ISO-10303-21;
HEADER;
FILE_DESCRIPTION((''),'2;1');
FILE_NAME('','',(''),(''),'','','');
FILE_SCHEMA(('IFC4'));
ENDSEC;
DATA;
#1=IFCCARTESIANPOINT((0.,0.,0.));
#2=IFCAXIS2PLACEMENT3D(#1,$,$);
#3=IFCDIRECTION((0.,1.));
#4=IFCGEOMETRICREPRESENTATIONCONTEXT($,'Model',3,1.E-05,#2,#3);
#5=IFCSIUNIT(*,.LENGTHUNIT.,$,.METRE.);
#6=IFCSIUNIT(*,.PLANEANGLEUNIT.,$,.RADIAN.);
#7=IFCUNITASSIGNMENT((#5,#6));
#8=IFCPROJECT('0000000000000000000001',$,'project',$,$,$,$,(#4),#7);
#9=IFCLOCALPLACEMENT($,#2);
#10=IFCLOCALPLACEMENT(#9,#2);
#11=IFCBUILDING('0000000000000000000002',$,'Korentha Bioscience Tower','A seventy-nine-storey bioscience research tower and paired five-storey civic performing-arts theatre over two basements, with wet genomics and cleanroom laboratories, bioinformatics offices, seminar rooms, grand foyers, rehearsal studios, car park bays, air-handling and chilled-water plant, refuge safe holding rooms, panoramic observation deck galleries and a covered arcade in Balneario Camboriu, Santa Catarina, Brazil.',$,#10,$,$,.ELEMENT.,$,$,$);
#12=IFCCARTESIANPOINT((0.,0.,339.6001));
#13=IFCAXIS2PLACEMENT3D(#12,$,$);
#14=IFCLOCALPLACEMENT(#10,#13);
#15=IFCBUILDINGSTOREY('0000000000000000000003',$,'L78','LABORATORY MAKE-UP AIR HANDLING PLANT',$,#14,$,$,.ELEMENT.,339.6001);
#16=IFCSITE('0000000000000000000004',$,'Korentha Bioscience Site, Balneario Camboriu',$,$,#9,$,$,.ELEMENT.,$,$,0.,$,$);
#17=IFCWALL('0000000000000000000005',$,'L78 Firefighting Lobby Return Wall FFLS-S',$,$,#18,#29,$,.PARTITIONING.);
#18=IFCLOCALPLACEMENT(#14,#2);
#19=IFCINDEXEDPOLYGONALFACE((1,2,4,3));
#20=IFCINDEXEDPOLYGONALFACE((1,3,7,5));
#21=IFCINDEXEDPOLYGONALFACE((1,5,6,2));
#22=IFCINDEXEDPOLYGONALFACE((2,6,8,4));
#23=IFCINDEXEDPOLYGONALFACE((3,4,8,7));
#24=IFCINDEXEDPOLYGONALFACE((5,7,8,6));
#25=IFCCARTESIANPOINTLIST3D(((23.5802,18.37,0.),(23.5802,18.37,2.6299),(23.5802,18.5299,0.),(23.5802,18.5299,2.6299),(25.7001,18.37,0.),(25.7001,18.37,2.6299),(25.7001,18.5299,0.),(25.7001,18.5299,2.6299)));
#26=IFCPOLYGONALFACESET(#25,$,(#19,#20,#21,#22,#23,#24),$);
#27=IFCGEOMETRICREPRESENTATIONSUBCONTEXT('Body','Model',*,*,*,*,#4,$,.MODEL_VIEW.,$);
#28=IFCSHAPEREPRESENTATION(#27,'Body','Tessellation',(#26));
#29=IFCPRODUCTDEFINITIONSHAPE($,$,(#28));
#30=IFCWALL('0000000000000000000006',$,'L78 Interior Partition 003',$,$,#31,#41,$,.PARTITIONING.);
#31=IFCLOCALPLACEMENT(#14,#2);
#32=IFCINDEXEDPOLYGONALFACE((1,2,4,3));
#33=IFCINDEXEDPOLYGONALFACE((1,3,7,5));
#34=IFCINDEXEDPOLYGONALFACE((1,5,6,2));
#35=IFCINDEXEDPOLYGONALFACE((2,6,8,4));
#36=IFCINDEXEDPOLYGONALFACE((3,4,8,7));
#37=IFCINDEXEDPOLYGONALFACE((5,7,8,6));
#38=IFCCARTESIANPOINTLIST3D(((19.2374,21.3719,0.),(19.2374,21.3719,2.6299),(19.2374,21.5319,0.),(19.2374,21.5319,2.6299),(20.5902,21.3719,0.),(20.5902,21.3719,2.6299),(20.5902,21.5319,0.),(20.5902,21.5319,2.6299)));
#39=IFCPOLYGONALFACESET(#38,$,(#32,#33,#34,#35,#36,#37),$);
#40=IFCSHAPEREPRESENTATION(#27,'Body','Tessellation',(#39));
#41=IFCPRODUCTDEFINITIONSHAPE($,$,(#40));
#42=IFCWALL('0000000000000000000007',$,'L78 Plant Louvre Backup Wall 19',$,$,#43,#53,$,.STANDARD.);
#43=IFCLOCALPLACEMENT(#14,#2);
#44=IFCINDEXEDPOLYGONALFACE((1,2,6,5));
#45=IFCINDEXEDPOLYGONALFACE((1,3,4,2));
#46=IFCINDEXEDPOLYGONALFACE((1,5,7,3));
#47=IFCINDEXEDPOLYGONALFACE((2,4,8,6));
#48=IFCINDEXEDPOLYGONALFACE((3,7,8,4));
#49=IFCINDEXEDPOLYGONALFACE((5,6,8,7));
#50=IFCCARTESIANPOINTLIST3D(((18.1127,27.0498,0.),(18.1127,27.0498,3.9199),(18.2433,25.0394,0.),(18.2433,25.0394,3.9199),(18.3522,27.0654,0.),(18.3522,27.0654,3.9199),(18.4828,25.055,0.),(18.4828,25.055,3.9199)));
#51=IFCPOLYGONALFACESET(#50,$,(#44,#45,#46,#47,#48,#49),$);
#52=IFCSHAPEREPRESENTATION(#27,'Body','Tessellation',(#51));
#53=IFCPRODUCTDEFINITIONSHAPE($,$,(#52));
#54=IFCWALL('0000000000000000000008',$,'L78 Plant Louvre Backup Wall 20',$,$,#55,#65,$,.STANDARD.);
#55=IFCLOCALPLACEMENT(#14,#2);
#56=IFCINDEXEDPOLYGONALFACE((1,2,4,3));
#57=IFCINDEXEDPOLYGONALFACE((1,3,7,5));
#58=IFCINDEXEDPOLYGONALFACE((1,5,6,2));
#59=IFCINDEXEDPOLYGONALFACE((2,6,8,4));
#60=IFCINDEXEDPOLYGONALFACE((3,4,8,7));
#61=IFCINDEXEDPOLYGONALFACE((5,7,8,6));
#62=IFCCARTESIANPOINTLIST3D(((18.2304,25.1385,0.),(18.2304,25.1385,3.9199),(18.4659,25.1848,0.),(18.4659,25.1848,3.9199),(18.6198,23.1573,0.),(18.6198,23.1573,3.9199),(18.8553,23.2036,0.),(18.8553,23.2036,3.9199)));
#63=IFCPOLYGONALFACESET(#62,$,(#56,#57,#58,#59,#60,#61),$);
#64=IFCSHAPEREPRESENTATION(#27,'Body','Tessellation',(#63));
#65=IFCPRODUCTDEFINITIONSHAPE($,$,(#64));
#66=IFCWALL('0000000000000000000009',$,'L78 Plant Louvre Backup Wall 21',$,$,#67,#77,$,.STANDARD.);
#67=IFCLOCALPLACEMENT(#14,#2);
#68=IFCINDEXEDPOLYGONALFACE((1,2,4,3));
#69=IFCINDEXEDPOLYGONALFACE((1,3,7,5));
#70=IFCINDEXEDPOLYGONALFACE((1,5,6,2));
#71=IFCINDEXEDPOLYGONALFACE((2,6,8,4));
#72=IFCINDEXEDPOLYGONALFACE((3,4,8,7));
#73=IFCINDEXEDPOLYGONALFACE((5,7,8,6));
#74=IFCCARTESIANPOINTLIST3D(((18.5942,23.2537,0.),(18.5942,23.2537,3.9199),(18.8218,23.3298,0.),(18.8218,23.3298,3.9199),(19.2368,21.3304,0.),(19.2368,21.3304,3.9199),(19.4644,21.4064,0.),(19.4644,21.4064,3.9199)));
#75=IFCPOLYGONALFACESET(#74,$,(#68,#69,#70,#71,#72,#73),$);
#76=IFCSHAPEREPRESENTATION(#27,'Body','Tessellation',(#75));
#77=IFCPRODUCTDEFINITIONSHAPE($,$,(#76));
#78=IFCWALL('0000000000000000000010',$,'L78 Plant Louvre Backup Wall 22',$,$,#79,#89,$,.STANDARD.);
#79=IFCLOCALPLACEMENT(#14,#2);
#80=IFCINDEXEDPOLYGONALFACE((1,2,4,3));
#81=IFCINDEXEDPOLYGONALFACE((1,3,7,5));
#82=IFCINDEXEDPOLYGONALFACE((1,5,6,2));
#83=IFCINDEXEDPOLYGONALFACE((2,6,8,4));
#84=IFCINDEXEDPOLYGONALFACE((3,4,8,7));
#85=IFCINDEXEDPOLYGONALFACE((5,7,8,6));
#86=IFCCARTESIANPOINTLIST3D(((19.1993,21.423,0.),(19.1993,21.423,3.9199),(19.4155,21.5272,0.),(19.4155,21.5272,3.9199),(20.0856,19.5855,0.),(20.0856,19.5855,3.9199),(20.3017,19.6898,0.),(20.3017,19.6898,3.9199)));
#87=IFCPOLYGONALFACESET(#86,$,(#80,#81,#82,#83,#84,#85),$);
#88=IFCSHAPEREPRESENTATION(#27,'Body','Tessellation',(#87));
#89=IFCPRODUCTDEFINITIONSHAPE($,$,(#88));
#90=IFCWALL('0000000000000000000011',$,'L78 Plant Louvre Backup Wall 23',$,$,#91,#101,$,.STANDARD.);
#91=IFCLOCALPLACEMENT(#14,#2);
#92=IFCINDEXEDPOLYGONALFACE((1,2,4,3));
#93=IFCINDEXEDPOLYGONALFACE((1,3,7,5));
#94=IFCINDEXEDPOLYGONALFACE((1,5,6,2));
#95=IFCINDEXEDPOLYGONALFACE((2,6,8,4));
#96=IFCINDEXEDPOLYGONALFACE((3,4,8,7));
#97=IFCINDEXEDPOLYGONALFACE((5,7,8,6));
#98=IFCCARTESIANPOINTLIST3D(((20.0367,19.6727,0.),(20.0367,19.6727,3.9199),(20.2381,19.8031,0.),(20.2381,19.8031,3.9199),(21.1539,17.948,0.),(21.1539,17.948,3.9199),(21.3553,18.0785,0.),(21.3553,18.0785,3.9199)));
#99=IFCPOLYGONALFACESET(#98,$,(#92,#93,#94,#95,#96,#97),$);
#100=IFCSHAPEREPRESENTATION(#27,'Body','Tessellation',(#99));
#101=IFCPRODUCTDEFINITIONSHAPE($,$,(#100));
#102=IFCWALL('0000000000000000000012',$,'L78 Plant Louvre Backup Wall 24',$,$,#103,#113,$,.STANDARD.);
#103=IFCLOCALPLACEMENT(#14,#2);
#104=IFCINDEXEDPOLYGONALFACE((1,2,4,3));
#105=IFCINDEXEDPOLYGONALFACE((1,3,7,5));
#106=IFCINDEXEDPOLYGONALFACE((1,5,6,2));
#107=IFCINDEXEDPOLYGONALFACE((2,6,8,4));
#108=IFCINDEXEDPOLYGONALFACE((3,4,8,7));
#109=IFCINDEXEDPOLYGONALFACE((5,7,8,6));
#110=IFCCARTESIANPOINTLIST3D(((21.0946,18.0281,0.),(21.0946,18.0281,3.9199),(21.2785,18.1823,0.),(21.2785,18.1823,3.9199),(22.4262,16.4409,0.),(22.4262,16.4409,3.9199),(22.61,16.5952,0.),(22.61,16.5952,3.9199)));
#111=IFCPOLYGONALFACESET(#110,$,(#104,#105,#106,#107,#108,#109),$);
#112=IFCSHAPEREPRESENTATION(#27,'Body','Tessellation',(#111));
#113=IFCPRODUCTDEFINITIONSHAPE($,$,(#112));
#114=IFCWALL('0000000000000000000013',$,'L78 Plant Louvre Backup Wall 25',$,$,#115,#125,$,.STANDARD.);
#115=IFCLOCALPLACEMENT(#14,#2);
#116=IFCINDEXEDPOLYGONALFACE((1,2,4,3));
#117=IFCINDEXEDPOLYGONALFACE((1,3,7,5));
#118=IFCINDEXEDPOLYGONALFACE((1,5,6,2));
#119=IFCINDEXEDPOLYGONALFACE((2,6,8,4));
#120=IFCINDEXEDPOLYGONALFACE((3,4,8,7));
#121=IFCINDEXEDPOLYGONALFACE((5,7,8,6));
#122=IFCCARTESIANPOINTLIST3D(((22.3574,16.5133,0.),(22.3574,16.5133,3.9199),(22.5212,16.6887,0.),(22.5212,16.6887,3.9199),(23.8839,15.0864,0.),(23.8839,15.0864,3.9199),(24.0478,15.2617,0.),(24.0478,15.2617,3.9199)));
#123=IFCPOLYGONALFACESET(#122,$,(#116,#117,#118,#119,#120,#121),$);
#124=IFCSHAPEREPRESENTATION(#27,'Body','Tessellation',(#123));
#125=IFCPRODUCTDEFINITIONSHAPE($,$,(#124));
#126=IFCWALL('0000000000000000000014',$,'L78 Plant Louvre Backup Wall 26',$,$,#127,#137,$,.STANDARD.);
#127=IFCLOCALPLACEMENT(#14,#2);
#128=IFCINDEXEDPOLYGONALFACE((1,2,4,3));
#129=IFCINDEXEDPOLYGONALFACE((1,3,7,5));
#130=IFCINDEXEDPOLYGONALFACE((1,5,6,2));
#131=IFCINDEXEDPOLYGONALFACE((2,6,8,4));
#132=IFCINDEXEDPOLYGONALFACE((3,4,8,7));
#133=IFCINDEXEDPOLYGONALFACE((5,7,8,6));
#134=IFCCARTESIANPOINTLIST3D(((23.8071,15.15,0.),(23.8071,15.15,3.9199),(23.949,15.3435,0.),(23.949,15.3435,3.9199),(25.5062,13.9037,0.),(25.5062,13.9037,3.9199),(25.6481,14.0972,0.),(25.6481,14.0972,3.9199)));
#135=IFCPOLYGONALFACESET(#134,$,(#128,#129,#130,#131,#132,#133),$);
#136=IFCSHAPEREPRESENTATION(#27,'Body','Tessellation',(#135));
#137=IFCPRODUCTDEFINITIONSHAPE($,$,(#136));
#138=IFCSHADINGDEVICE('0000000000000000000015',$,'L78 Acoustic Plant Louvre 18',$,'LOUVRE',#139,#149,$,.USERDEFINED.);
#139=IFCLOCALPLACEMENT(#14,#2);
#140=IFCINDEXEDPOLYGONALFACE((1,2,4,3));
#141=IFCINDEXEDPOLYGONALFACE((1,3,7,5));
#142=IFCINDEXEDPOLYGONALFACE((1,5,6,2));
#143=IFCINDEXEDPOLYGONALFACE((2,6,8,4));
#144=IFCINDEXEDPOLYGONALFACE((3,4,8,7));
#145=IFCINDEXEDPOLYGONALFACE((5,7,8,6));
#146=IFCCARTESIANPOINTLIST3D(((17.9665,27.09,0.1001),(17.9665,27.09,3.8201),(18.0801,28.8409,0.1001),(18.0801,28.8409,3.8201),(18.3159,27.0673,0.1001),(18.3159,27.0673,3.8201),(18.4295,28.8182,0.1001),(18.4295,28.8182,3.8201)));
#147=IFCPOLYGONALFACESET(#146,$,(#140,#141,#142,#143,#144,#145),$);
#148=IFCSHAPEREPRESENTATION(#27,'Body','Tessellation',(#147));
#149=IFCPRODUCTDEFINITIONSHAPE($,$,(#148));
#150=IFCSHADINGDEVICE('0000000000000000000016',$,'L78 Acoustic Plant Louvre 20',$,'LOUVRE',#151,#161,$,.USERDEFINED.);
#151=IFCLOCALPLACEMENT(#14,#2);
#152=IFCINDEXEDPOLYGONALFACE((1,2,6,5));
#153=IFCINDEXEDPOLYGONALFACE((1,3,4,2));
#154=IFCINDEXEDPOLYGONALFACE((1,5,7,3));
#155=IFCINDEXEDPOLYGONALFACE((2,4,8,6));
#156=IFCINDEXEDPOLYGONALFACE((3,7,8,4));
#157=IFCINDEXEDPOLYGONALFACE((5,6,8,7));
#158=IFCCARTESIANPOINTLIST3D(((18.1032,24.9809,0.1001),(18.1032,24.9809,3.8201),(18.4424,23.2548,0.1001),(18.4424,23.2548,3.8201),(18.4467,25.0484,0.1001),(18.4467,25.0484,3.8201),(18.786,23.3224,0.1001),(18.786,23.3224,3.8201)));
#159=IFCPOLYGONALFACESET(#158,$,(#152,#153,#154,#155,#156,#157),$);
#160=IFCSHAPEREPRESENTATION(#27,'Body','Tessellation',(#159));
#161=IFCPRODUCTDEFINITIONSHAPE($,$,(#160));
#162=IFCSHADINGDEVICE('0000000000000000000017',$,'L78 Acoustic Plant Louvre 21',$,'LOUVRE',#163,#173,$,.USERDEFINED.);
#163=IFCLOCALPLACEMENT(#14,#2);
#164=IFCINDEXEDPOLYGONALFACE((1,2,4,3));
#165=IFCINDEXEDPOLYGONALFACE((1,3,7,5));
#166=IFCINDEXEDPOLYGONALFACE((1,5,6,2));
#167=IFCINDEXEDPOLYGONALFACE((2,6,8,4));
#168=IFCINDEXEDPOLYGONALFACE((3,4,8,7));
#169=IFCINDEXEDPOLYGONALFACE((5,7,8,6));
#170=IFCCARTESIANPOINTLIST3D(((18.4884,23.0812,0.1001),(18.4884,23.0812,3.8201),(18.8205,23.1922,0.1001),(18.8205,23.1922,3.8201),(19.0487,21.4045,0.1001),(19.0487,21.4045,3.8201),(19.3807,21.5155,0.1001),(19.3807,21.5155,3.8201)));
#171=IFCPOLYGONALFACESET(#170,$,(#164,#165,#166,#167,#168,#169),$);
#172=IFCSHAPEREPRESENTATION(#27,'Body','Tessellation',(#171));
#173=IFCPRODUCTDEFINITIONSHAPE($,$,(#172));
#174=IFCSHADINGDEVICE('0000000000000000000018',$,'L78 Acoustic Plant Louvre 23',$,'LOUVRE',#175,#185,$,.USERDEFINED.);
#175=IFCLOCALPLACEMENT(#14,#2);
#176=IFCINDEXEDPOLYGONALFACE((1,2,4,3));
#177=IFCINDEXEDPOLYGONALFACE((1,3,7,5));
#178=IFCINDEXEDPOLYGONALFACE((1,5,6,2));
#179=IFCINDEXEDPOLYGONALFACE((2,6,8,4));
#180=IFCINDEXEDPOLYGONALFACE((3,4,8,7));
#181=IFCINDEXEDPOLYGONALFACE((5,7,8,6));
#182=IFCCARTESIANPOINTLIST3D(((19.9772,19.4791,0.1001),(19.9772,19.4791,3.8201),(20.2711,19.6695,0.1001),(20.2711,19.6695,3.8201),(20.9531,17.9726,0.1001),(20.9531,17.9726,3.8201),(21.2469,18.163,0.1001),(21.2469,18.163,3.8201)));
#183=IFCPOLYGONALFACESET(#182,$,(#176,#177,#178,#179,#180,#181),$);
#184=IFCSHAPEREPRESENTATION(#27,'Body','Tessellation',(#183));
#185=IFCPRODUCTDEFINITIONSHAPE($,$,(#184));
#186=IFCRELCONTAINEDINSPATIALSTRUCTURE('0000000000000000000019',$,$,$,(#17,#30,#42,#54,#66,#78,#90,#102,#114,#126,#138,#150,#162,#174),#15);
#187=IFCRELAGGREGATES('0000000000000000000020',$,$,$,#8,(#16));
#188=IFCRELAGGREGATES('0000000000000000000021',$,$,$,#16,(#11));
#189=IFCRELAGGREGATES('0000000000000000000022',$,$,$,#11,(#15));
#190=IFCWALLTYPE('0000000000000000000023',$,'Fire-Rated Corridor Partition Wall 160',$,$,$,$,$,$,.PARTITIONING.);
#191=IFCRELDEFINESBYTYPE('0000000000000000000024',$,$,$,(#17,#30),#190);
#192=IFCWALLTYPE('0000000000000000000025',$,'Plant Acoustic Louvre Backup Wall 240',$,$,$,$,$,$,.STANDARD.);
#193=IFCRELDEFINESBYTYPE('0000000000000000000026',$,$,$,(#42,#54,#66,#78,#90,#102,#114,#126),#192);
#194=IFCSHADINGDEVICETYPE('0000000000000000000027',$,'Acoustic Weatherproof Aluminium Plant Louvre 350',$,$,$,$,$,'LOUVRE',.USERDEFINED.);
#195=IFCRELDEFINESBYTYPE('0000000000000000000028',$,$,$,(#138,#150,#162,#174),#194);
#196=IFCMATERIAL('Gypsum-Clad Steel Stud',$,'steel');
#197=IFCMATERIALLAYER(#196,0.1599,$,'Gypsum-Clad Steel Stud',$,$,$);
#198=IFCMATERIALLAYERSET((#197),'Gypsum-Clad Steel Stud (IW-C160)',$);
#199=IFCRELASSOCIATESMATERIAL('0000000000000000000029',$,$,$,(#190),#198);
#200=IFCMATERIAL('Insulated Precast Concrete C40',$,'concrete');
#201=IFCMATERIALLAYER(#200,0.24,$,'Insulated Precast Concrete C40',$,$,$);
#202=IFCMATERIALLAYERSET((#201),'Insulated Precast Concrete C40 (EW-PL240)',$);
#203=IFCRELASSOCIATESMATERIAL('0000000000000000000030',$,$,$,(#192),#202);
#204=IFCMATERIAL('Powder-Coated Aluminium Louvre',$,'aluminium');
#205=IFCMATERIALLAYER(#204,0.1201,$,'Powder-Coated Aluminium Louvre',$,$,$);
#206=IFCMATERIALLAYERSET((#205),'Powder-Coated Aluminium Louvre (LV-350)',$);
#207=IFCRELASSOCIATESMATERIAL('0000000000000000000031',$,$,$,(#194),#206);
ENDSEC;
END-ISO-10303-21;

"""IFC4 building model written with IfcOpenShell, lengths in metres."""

from ifc_helpers import new_model, si_unit, direction, frame, frame_2d, origin, origin_2d, place, context, subcontext, project, spatial, rectangle, extrude, material, layer, layer_set, type_object, element, save


model = new_model("IFC4")

# Units and contexts
model_context = context("Model", 3, precision=1e-05, world=origin(), true_north=direction((0.0, 1.0)))
body_context = subcontext(model_context, "Body", "Model", "MODEL_VIEW")
ifc_project = project(units=[si_unit("LENGTHUNIT", "METRE"), si_unit("PLANEANGLEUNIT", "RADIAN")], contexts=[model_context])

# Site, building, storey
site_placement = place(None, origin())
site = spatial("IfcSite", under=ifc_project, at=site_placement, Name="Korentha Bioscience Site, Balneario Camboriu", CompositionType="ELEMENT", RefElevation=0.0)
building_placement = place(site_placement, origin())
building = spatial("IfcBuilding", under=site, at=building_placement, Name="Korentha Bioscience Tower", Description="A seventy-nine-storey bioscience research tower and paired five-storey civic performing-arts theatre over two basements, with wet genomics and cleanroom laboratories, bioinformatics offices, seminar rooms, grand foyers, rehearsal studios, car park bays, air-handling and chilled-water plant, refuge safe holding rooms, panoramic observation deck galleries and a covered arcade in Balneario Camboriu, Santa Catarina, Brazil.", CompositionType="ELEMENT")
storey_placement = place(building_placement, frame((0.0, 0.0, 339.6001)))
storey = spatial("IfcBuildingStorey", under=building, at=storey_placement, Name="L78", Description="LABORATORY MAKE-UP AIR HANDLING PLANT", CompositionType="ELEMENT", Elevation=339.6001)

# Shared definitions
ifc_material_1 = material(Name="Gypsum-Clad Steel Stud", Category="steel")
ifc_layer_1 = layer(ifc_material_1, 0.1599, Name="Gypsum-Clad Steel Stud")
ifc_layer_set_1 = layer_set([ifc_layer_1], Name="Gypsum-Clad Steel Stud (IW-C160)")
wall_type_1 = type_object("IfcWallType", Name="Fire-Rated Corridor Partition Wall 160", PredefinedType="PARTITIONING", material=ifc_layer_set_1)

# Walls
wall_1_placement = place(storey_placement, frame((23.5801, 18.45, 0.0), z_axis=(0.0, 0.0, 1.0), x_axis=(1.0, 0.0, 0.0)))
element("IfcWall", 1, at=wall_1_placement, inside=storey, type_object=wall_type_1, Name="L78 Firefighting Lobby Return Wall FFLS-S", PredefinedType="PARTITIONING", context=body_context, shape_type="SweptSolid", body=[
    extrude(rectangle(XDim=2.1199, YDim=0.1599, at=frame_2d((1.0601, 0.0))), origin(), (0.0, 0.0, 1.0), 2.6299),
])
wall_2_placement = place(storey_placement, frame((20.5901, 21.4519, 0.0), z_axis=(0.0, 0.0, 1.0), x_axis=(-1.0, 0.0, 0.0)))
element("IfcWall", 2, at=wall_2_placement, inside=storey, type_object=wall_type_1, Name="L78 Interior Partition 003", PredefinedType="PARTITIONING", context=body_context, shape_type="SweptSolid", body=[
    extrude(rectangle(XDim=1.3528, YDim=0.1599, at=frame_2d((0.6763, 0.0))), origin(), (0.0, 0.0, 1.0), 2.6299),
])
ifc_material_2 = material(Name="Insulated Precast Concrete C40", Category="concrete")
ifc_layer_2 = layer(ifc_material_2, 0.24, Name="Insulated Precast Concrete C40")
ifc_layer_set_2 = layer_set([ifc_layer_2], Name="Insulated Precast Concrete C40 (EW-PL240)")
wall_type_2 = type_object("IfcWallType", Name="Plant Acoustic Louvre Backup Wall 240", PredefinedType="STANDARD", material=ifc_layer_set_2)
wall_3_placement = place(storey_placement, frame((18.2324, 27.0576, 0.0), z_axis=(0.0, 0.0, 1.0), x_axis=(0.06483, -0.997896, 0.0)))
element("IfcWall", 3, at=wall_3_placement, inside=storey, type_object=wall_type_2, Name="L78 Plant Louvre Backup Wall 19", PredefinedType="STANDARD", context=body_context, shape_type="SweptSolid", body=[
    extrude(rectangle(XDim=2.0146, YDim=0.24, at=frame_2d((1.0073, 0.0))), origin(), (0.0, 0.0, 1.0), 3.9199),
])
wall_4_placement = place(storey_placement, frame((18.3481, 25.1616, 0.0), z_axis=(0.0, 0.0, 1.0), x_axis=(0.19286, -0.981226, 0.0)))
element("IfcWall", 4, at=wall_4_placement, inside=storey, type_object=wall_type_2, Name="L78 Plant Louvre Backup Wall 20", PredefinedType="STANDARD", context=body_context, shape_type="SweptSolid", body=[
    extrude(rectangle(XDim=2.019, YDim=0.24, at=frame_2d((1.0095, 0.0))), origin(), (0.0, 0.0, 1.0), 3.9199),
])
wall_5_placement = place(storey_placement, frame((18.708, 23.2917, 0.0), z_axis=(0.0, 0.0, 1.0), x_axis=(0.316878, -0.948466, 0.0)))
element("IfcWall", 5, at=wall_5_placement, inside=storey, type_object=wall_type_2, Name="L78 Plant Louvre Backup Wall 21", PredefinedType="STANDARD", context=body_context, shape_type="SweptSolid", body=[
    extrude(rectangle(XDim=2.0278, YDim=0.24, at=frame_2d((1.0139, 0.0))), origin(), (0.0, 0.0, 1.0), 3.9199),
])
wall_6_placement = place(storey_placement, frame((19.3074, 21.4751, 0.0), z_axis=(0.0, 0.0, 1.0), x_axis=(0.434434, -0.900703, 0.0)))
element("IfcWall", 6, at=wall_6_placement, inside=storey, type_object=wall_type_2, Name="L78 Plant Louvre Backup Wall 22", PredefinedType="STANDARD", context=body_context, shape_type="SweptSolid", body=[
    extrude(rectangle(XDim=2.04, YDim=0.24, at=frame_2d((1.02, 0.0))), origin(), (0.0, 0.0, 1.0), 3.9199),
])
wall_7_placement = place(storey_placement, frame((20.1375, 19.7378, 0.0), z_axis=(0.0, 0.0, 1.0), x_axis=(0.543685, -0.83929, 0.0)))
element("IfcWall", 7, at=wall_7_placement, inside=storey, type_object=wall_type_2, Name="L78 Plant Louvre Backup Wall 23", PredefinedType="STANDARD", context=body_context, shape_type="SweptSolid", body=[
    extrude(rectangle(XDim=2.0549, YDim=0.24, at=frame_2d((1.0273, 0.0))), origin(), (0.0, 0.0, 1.0), 3.9199),
])
wall_8_placement = place(storey_placement, frame((21.1865, 18.1052, 0.0), z_axis=(0.0, 0.0, 1.0), x_axis=(0.642719, -0.766102, 0.0)))
element("IfcWall", 8, at=wall_8_placement, inside=storey, type_object=wall_type_2, Name="L78 Plant Louvre Backup Wall 24", PredefinedType="STANDARD", context=body_context, shape_type="SweptSolid", body=[
    extrude(rectangle(XDim=2.0718, YDim=0.24, at=frame_2d((1.0359, 0.0))), origin(), (0.0, 0.0, 1.0), 3.9199),
])
wall_9_placement = place(storey_placement, frame((22.4392, 16.6011, 0.0), z_axis=(0.0, 0.0, 1.0), x_axis=(0.730538, -0.682872, 0.0)))
element("IfcWall", 9, at=wall_9_placement, inside=storey, type_object=wall_type_2, Name="L78 Plant Louvre Backup Wall 25", PredefinedType="STANDARD", context=body_context, shape_type="SweptSolid", body=[
    extrude(rectangle(XDim=2.0896, YDim=0.24, at=frame_2d((1.0449, 0.0))), origin(), (0.0, 0.0, 1.0), 3.9199),
])
wall_10_placement = place(storey_placement, frame((23.8779, 15.2468, 0.0), z_axis=(0.0, 0.0, 1.0), x_axis=(0.80635, -0.591439, 0.0)))
element("IfcWall", 10, at=wall_10_placement, inside=storey, type_object=wall_type_2, Name="L78 Plant Louvre Backup Wall 26", PredefinedType="STANDARD", context=body_context, shape_type="SweptSolid", body=[
    extrude(rectangle(XDim=2.1072, YDim=0.24, at=frame_2d((1.0537, 0.0))), origin(), (0.0, 0.0, 1.0), 3.9199),
])

# Shading devices
ifc_material_3 = material(Name="Powder-Coated Aluminium Louvre", Category="aluminium")
ifc_layer_3 = layer(ifc_material_3, 0.1201, Name="Powder-Coated Aluminium Louvre")
ifc_layer_set_3 = layer_set([ifc_layer_3], Name="Powder-Coated Aluminium Louvre (LV-350)")
shading_device_type = type_object("IfcShadingDeviceType", Name="Acoustic Weatherproof Aluminium Plant Louvre 350", ElementType="LOUVRE", PredefinedType="USERDEFINED", material=ifc_layer_set_3)
shading_device_1_placement = place(storey_placement, frame((18.198, 27.9541, 0.1001), z_axis=(0.0, 0.0, 1.0), x_axis=(-0.064761, -0.997901, 0.0)))
element("IfcShadingDevice", 11, at=shading_device_1_placement, inside=storey, type_object=shading_device_type, Name="L78 Acoustic Plant Louvre 18", ObjectType="LOUVRE", PredefinedType="USERDEFINED", context=body_context, shape_type="SweptSolid", body=[
    extrude(rectangle(XDim=1.7546, YDim=0.3501, at=origin_2d()), origin(), (0.0, 0.0, 1.0), 3.72),
])
shading_device_2_placement = place(storey_placement, frame((18.4446, 24.1516, 0.1001), z_axis=(0.0, 0.0, 1.0), x_axis=(0.192848, -0.981229, 0.0)))
element("IfcShadingDevice", 12, at=shading_device_2_placement, inside=storey, type_object=shading_device_type, Name="L78 Acoustic Plant Louvre 20", ObjectType="LOUVRE", PredefinedType="USERDEFINED", context=body_context, shape_type="SweptSolid", body=[
    extrude(rectangle(XDim=1.759, YDim=0.3501, at=origin_2d()), origin(), (0.0, 0.0, 1.0), 3.72),
])
shading_device_3_placement = place(storey_placement, frame((18.9346, 22.2983, 0.1001), z_axis=(0.0, 0.0, 1.0), x_axis=(0.316897, -0.94846, 0.0)))
element("IfcShadingDevice", 13, at=shading_device_3_placement, inside=storey, type_object=shading_device_type, Name="L78 Acoustic Plant Louvre 21", ObjectType="LOUVRE", PredefinedType="USERDEFINED", context=body_context, shape_type="SweptSolid", body=[
    extrude(rectangle(XDim=1.7678, YDim=0.3501, at=origin_2d()), origin(), (0.0, 0.0, 1.0), 3.72),
])
shading_device_4_placement = place(storey_placement, frame((20.6121, 18.821, 0.1001), z_axis=(0.0, 0.0, 1.0), x_axis=(0.543673, -0.839297, 0.0)))
element("IfcShadingDevice", 14, at=shading_device_4_placement, inside=storey, type_object=shading_device_type, Name="L78 Acoustic Plant Louvre 23", ObjectType="LOUVRE", PredefinedType="USERDEFINED", context=body_context, shape_type="SweptSolid", body=[
    extrude(rectangle(XDim=1.7949, YDim=0.3501, at=origin_2d()), origin(), (0.0, 0.0, 1.0), 3.72),
])

save(model, "model.ifc")
